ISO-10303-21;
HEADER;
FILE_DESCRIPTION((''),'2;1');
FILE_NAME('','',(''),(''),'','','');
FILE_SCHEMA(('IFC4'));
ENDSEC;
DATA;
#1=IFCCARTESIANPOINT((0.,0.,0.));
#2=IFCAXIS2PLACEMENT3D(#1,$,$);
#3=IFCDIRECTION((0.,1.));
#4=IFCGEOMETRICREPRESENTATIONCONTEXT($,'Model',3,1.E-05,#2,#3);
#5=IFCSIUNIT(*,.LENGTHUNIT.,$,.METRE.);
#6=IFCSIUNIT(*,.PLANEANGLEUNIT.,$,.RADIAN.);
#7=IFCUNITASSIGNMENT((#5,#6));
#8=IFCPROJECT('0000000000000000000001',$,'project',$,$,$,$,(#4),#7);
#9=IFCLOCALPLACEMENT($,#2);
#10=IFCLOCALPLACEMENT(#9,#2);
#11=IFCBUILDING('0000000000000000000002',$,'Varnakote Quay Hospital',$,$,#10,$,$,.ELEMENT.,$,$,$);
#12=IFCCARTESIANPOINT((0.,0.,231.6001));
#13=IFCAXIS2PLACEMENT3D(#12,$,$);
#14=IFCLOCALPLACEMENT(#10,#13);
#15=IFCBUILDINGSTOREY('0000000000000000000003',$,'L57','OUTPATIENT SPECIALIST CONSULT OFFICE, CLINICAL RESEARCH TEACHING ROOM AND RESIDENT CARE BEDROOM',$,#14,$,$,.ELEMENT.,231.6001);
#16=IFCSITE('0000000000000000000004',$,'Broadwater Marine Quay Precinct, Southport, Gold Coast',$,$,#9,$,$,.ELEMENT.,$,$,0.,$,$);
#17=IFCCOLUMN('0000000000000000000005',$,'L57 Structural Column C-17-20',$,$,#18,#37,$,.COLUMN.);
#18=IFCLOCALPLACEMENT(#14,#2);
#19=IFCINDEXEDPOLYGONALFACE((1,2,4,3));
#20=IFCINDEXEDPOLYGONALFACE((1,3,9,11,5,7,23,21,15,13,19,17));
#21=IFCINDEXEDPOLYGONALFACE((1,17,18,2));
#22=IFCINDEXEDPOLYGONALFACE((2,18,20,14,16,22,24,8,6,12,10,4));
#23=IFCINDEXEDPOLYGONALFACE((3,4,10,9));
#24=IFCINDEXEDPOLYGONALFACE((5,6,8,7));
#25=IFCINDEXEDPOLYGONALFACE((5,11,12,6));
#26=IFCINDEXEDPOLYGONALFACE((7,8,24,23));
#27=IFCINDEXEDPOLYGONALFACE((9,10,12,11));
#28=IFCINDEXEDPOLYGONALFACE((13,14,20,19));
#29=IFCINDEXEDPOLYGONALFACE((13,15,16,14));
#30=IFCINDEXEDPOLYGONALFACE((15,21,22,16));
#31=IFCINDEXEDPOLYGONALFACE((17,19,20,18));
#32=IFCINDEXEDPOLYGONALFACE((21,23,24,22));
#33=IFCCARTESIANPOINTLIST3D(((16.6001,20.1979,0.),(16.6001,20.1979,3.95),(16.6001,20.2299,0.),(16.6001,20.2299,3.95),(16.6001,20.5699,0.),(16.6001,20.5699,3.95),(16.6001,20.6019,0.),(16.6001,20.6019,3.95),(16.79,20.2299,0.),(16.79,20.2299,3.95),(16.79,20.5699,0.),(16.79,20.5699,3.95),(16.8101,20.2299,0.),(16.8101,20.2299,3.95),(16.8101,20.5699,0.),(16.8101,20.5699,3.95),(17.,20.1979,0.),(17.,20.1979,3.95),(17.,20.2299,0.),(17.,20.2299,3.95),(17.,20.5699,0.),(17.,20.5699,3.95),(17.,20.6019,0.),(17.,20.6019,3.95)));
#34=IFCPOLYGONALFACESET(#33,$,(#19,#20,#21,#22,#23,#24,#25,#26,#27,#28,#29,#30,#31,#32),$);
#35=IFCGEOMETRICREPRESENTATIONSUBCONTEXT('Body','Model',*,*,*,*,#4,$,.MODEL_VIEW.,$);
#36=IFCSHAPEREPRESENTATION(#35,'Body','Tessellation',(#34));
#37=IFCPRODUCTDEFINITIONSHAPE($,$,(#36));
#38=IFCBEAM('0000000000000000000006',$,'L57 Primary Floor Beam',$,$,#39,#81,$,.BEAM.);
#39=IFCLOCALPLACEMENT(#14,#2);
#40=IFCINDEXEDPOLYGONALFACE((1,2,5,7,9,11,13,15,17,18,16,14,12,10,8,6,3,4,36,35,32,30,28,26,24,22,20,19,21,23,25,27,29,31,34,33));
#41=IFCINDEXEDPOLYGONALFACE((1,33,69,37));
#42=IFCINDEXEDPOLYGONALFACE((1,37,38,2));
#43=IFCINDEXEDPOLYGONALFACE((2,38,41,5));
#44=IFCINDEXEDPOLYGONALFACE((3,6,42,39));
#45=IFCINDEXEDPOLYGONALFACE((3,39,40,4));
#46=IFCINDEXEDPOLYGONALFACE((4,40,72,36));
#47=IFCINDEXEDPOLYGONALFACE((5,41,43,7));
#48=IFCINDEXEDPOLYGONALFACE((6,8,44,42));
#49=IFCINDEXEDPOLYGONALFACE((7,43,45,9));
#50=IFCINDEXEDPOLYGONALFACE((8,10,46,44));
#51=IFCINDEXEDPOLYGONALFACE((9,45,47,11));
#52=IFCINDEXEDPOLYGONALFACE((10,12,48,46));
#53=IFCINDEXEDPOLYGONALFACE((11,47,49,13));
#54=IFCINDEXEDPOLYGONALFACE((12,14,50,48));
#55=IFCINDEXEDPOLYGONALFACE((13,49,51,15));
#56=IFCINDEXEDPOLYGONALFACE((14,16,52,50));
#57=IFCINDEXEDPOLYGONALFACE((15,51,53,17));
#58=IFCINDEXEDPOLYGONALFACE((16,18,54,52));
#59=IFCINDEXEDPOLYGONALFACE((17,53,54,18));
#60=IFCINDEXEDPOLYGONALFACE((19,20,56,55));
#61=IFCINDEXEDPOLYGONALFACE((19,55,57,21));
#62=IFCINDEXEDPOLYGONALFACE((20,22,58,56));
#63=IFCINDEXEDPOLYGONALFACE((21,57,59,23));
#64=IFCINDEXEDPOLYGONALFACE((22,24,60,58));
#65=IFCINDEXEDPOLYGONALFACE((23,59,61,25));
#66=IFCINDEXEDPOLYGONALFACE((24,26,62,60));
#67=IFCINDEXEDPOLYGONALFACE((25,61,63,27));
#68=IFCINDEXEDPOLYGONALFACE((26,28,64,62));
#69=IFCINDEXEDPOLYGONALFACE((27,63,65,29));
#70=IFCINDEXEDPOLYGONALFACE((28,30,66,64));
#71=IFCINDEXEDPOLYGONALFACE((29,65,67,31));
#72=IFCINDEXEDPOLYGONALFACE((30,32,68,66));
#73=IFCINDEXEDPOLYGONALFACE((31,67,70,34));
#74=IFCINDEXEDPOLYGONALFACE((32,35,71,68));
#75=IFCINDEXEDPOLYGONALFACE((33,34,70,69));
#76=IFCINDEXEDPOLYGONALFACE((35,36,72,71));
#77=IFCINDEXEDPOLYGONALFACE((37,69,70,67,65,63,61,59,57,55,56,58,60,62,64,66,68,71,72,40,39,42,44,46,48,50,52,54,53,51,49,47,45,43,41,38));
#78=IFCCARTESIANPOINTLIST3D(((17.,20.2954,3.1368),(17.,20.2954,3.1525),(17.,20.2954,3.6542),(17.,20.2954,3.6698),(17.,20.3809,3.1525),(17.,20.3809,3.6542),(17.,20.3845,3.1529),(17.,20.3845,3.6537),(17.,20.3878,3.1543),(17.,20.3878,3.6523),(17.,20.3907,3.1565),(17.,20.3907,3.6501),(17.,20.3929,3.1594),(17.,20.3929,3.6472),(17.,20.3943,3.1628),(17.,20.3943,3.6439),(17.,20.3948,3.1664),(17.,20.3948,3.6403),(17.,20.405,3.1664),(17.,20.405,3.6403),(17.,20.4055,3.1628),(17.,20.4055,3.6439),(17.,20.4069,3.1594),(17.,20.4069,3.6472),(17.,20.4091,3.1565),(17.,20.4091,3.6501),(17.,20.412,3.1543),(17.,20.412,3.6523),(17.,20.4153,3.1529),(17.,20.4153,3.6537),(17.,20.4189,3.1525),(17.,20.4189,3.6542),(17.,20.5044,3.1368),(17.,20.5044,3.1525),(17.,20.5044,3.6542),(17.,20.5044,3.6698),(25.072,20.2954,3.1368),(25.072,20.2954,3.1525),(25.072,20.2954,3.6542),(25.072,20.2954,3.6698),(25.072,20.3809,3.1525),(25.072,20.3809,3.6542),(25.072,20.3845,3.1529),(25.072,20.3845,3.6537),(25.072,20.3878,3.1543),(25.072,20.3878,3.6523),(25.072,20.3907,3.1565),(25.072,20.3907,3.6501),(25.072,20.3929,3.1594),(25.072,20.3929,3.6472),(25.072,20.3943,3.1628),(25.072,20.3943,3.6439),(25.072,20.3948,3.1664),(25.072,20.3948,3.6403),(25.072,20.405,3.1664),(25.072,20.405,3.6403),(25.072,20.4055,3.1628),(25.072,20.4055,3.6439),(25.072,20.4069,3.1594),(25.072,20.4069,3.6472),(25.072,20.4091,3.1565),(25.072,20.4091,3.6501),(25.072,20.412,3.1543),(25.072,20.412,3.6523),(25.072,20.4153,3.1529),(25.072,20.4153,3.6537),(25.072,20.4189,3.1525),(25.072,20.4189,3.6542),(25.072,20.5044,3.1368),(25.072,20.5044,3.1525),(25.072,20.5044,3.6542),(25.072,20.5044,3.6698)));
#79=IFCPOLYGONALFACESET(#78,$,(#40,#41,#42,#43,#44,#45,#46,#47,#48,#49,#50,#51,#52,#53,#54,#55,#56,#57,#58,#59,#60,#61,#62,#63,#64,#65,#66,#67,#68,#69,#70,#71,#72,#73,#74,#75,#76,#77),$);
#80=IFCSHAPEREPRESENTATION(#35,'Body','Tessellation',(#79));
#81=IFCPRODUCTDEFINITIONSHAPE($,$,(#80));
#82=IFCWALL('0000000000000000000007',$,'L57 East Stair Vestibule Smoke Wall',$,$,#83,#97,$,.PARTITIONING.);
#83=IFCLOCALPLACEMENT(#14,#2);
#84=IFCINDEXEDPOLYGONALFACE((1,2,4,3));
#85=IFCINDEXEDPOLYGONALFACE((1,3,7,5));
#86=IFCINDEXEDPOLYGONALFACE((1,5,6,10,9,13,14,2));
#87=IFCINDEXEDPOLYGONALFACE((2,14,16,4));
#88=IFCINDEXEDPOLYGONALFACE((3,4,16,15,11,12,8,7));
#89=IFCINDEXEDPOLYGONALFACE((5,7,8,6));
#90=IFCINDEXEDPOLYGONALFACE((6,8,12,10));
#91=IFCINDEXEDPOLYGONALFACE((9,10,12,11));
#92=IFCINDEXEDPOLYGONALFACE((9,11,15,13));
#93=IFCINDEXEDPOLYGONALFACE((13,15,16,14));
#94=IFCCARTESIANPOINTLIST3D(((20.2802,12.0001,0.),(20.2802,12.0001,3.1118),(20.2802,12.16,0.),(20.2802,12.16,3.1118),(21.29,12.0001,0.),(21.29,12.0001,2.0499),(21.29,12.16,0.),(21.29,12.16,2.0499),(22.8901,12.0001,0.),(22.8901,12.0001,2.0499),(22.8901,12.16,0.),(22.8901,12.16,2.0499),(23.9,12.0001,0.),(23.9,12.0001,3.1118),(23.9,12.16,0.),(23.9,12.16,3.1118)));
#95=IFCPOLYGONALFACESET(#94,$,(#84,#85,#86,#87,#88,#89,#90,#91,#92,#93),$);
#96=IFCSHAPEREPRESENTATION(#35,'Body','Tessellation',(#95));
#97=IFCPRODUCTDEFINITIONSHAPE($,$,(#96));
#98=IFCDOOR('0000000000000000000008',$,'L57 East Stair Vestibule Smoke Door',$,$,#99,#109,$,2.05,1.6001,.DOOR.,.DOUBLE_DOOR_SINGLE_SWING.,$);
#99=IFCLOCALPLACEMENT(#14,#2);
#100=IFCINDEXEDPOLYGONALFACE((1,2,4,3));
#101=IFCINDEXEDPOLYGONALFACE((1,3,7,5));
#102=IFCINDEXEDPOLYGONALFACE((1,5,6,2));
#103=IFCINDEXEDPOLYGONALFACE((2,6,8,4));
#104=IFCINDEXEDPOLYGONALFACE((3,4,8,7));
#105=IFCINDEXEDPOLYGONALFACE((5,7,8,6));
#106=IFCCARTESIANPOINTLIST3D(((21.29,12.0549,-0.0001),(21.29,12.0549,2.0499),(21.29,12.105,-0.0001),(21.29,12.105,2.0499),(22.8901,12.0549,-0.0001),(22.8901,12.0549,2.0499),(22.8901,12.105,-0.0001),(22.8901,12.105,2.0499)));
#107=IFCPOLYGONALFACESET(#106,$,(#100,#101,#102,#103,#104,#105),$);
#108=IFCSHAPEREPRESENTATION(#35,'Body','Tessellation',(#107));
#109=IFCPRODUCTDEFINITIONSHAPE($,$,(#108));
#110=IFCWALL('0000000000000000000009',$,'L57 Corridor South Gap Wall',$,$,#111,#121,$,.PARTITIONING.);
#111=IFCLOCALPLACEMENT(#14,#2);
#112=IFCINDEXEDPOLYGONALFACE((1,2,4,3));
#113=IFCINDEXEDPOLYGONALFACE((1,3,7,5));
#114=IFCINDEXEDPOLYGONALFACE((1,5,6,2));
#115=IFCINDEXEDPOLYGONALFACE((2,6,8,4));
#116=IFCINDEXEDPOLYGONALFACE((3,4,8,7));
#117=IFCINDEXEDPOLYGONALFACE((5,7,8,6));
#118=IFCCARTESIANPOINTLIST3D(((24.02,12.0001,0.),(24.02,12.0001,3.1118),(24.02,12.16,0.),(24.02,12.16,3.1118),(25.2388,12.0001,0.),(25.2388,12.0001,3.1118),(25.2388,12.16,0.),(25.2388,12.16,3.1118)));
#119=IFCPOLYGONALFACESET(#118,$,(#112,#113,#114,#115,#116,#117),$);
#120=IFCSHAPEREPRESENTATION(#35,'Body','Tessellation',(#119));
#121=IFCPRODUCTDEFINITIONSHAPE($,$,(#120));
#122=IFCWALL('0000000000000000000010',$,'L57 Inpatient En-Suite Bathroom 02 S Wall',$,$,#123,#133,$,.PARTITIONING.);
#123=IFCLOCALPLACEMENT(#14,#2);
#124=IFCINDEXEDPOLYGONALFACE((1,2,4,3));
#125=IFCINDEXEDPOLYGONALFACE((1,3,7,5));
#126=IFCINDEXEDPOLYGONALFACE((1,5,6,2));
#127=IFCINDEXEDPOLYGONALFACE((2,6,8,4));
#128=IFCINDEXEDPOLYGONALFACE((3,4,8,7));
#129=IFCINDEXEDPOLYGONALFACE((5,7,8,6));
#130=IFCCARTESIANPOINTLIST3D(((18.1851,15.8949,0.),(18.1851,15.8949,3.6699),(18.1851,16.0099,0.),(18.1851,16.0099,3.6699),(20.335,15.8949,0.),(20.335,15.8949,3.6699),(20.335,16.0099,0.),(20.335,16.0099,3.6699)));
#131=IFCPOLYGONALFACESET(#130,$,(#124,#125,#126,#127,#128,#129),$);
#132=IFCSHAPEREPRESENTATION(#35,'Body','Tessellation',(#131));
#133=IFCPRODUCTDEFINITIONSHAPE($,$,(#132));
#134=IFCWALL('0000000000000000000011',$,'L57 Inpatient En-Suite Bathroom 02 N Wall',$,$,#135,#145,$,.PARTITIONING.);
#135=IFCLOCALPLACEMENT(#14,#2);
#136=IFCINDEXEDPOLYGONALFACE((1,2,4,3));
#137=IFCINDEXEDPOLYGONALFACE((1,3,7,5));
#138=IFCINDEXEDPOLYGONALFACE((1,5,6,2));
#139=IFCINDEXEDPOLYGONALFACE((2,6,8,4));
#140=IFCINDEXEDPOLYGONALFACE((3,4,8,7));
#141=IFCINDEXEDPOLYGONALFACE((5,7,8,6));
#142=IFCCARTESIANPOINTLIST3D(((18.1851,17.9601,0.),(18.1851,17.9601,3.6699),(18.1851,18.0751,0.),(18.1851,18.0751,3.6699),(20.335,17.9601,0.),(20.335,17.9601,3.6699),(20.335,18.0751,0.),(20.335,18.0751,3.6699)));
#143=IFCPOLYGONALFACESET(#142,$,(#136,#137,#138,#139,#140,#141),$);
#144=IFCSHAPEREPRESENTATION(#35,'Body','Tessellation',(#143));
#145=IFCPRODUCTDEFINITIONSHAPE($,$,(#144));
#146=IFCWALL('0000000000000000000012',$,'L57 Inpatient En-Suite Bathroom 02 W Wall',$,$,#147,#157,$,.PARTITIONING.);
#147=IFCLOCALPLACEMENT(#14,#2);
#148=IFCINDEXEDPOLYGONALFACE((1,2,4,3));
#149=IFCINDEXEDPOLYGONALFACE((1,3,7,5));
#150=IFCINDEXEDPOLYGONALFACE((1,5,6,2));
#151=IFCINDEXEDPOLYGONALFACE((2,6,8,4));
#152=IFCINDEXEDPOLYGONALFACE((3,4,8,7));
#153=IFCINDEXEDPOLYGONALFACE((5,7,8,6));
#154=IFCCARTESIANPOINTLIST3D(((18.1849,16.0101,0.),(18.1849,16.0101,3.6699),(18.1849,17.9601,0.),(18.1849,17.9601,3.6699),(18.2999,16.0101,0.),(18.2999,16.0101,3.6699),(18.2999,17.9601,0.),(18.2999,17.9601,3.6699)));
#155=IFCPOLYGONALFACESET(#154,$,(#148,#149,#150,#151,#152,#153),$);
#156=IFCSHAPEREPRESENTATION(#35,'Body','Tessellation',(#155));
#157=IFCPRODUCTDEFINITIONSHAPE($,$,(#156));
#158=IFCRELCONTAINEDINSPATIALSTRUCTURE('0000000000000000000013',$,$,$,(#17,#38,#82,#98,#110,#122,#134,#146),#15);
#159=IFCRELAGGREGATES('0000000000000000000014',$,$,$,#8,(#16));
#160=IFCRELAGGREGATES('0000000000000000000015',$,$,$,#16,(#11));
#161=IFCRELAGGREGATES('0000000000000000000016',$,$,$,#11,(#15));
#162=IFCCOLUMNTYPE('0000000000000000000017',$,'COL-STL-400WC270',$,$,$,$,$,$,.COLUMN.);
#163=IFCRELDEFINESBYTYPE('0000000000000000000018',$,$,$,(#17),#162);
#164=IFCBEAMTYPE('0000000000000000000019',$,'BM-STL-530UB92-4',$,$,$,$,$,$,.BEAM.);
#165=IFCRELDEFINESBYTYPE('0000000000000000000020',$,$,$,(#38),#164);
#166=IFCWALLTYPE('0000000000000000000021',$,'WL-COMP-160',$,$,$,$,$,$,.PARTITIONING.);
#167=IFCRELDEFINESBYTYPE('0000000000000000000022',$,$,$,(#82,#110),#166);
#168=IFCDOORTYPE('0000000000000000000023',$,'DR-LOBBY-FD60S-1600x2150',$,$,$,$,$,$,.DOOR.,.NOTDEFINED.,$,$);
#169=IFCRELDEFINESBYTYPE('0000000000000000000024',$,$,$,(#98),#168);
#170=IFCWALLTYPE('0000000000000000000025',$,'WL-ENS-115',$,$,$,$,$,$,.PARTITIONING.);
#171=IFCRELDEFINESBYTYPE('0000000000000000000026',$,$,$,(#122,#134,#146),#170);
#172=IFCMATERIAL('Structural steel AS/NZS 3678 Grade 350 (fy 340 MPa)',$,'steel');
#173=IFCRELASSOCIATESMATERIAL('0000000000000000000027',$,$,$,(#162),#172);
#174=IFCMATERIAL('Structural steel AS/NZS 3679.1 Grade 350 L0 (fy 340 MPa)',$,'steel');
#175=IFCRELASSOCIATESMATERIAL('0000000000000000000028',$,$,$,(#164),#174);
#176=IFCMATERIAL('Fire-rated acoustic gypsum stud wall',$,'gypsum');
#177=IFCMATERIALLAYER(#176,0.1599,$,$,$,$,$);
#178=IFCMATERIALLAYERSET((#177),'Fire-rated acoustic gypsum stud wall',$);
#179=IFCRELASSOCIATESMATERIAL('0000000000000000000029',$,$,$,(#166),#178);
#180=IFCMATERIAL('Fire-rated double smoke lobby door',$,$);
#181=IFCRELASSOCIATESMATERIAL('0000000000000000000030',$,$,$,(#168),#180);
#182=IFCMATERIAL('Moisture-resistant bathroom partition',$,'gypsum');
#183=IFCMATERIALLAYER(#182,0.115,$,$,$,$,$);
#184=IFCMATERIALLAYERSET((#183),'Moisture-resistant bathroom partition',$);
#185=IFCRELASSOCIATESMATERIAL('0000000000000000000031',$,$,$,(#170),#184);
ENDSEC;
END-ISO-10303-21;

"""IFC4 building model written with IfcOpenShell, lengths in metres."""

from ifc_helpers import new_model, si_unit, direction, frame, frame_2d, origin, origin_2d, place, context, subcontext, project, spatial, rectangle, i_section, extrude, material, layer, layer_set, material_profile, profile_set, type_object, element, fill, save


model = new_model("IFC4")

# Units and contexts
model_context = context("Model", 3, precision=1e-05, world=origin(), true_north=direction((0.0, 1.0)))
body_context = subcontext(model_context, "Body", "Model", "MODEL_VIEW")
ifc_project = project(units=[si_unit("LENGTHUNIT", "METRE"), si_unit("PLANEANGLEUNIT", "RADIAN")], contexts=[model_context])

# Site, building, storey
site_placement = place(None, origin())
site = spatial("IfcSite", under=ifc_project, at=site_placement, Name="Broadwater Marine Quay Precinct, Southport, Gold Coast", CompositionType="ELEMENT", RefElevation=0.0)
building_placement = place(site_placement, origin())
building = spatial("IfcBuilding", under=site, at=building_placement, Name="Varnakote Quay Hospital", CompositionType="ELEMENT")
storey_placement = place(building_placement, frame((0.0, 0.0, 231.6001)))
storey = spatial("IfcBuildingStorey", under=building, at=storey_placement, Name="L57", Description="OUTPATIENT SPECIALIST CONSULT OFFICE, CLINICAL RESEARCH TEACHING ROOM AND RESIDENT CARE BEDROOM", CompositionType="ELEMENT", Elevation=231.6001)

# Column
ifc_material_1 = material(Name="Structural steel AS/NZS 3678 Grade 350 (fy 340 MPa)", Category="steel")
ifc_material_profile_1 = material_profile(ifc_material_1, i_section(OverallWidth=0.3999, OverallDepth=0.4041, WebThickness=0.02, FlangeThickness=0.032, at=origin_2d()), Name="400WC270")
ifc_profile_set_1 = profile_set([ifc_material_profile_1], Name="Structural steel AS/NZS 3678 Grade 350 (fy 340 MPa)")
column_type = type_object("IfcColumnType", Name="COL-STL-400WC270", PredefinedType="COLUMN", material=ifc_profile_set_1)
column_placement = place(storey_placement, frame((16.8, 20.3999, 0.0), z_axis=(0.0, 0.0, 1.0), x_axis=(1.0, 0.0, 0.0)))
element("IfcColumn", 1, at=column_placement, inside=storey, type_object=column_type, Name="L57 Structural Column C-17-20", PredefinedType="COLUMN", context=body_context, shape_type="SweptSolid", body=[
    extrude(i_section(OverallWidth=0.3999, OverallDepth=0.4041, WebThickness=0.02, FlangeThickness=0.032, at=origin_2d()), origin(), (0.0, 0.0, 1.0), 3.95),
])

# Beam
ifc_material_2 = material(Name="Structural steel AS/NZS 3679.1 Grade 350 L0 (fy 340 MPa)", Category="steel")
ifc_material_profile_2 = material_profile(ifc_material_2, i_section(OverallWidth=0.209, OverallDepth=0.533, WebThickness=0.0103, FlangeThickness=0.0156, FilletRadius=0.0139, at=origin_2d()), Name="530UB92.4")
ifc_profile_set_2 = profile_set([ifc_material_profile_2], Name="Structural steel AS/NZS 3679.1 Grade 350 L0 (fy 340 MPa)")
beam_type = type_object("IfcBeamType", Name="BM-STL-530UB92-4", PredefinedType="BEAM", material=ifc_profile_set_2)
beam_placement = place(storey_placement, frame((17.0, 20.3999, 3.4033), z_axis=(1.0, 0.0, 0.0), x_axis=(0.0, 1.0, 0.0)))
element("IfcBeam", 2, at=beam_placement, inside=storey, type_object=beam_type, Name="L57 Primary Floor Beam", PredefinedType="BEAM", context=body_context, shape_type="SweptSolid", body=[
    extrude(i_section(OverallWidth=0.209, OverallDepth=0.533, WebThickness=0.0103, FlangeThickness=0.0156, FilletRadius=0.0139, at=origin_2d()), origin(), (0.0, 0.0, 1.0), 8.072),
])

# Wall, opening, door
ifc_material_3 = material(Name="Fire-rated acoustic gypsum stud wall", Category="gypsum")
ifc_layer_1 = layer(ifc_material_3, 0.1599)
ifc_layer_set_1 = layer_set([ifc_layer_1], Name="Fire-rated acoustic gypsum stud wall")
wall_type_1 = type_object("IfcWallType", Name="WL-COMP-160", PredefinedType="PARTITIONING", material=ifc_layer_set_1)
wall_1_placement = place(storey_placement, frame((20.28, 12.0801, 0.0), z_axis=(0.0, 0.0, 1.0), x_axis=(1.0, 0.0, 0.0)))
wall_1 = element("IfcWall", 3, at=wall_1_placement, inside=storey, type_object=wall_type_1, Name="L57 East Stair Vestibule Smoke Wall", PredefinedType="PARTITIONING", context=body_context, shape_type="SweptSolid", body=[
    extrude(rectangle(XDim=3.6199, YDim=0.1599, at=frame_2d((1.8101, 0.0))), origin(), (0.0, 0.0, 1.0), 3.1118),
])
opening_1_placement = place(wall_1_placement, frame((1.01, 0.0, 0.0)))
opening_1 = element("IfcOpeningElement", 4, at=opening_1_placement, cuts=wall_1, PredefinedType="OPENING", context=body_context, shape_type="SweptSolid", body=[
    extrude(rectangle(XDim=1.6001, YDim=2.05, at=frame_2d((0.8, 1.0249))), frame((0.0, 0.0898, 0.0), z_axis=(0.0, -1.0, 0.0), x_axis=(1.0, 0.0, 0.0)), (0.0, 0.0, 1.0), 0.1799),
])
ifc_material_4 = material(Name="Fire-rated double smoke lobby door")
door_type_1 = type_object("IfcDoorType", Name="DR-LOBBY-FD60S-1600x2150", OperationType="NOTDEFINED", PredefinedType="DOOR", material=ifc_material_4)
door_1_placement = place(opening_1_placement, origin())
door_1 = element("IfcDoor", 5, at=door_1_placement, inside=storey, type_object=door_type_1, Name="L57 East Stair Vestibule Smoke Door", OperationType="DOUBLE_DOOR_SINGLE_SWING", OverallHeight=2.05, OverallWidth=1.6001, PredefinedType="DOOR", context=body_context, shape_type="SweptSolid", body=[
    extrude(rectangle(XDim=1.6001, YDim=2.05, at=frame_2d((0.8, 1.0249))), frame((0.0, 0.0249, 0.0), z_axis=(0.0, -1.0, 0.0), x_axis=(1.0, 0.0, 0.0)), (0.0, 0.0, 1.0), 0.05),
])
fill(opening_1, door_1)

# Walls
wall_2_placement = place(storey_placement, frame((24.02, 12.0801, 0.0), z_axis=(0.0, 0.0, 1.0), x_axis=(1.0, 0.0, 0.0)))
element("IfcWall", 6, at=wall_2_placement, inside=storey, type_object=wall_type_1, Name="L57 Corridor South Gap Wall", PredefinedType="PARTITIONING", context=body_context, shape_type="SweptSolid", body=[
    extrude(rectangle(XDim=1.2188, YDim=0.1599, at=frame_2d((0.6094, 0.0))), origin(), (0.0, 0.0, 1.0), 3.1118),
])
ifc_material_5 = material(Name="Moisture-resistant bathroom partition", Category="gypsum")
ifc_layer_2 = layer(ifc_material_5, 0.115)
ifc_layer_set_2 = layer_set([ifc_layer_2], Name="Moisture-resistant bathroom partition")
wall_type_2 = type_object("IfcWallType", Name="WL-ENS-115", PredefinedType="PARTITIONING", material=ifc_layer_set_2)
for number, where, z_axis, x_axis, name in (
    (7, (18.1851, 15.9524, 0.0), (0.0, 0.0, 1.0), (1.0, 0.0, 0.0), "L57 Inpatient En-Suite Bathroom 02 S Wall"),
    (8, (18.1851, 18.0176, 0.0), (0.0, 0.0, 1.0), (1.0, 0.0, 0.0), "L57 Inpatient En-Suite Bathroom 02 N Wall"),
):
    element("IfcWall", number, at=place(storey_placement, frame(where, z_axis=z_axis, x_axis=x_axis)), inside=storey, type_object=wall_type_2, Name=name, PredefinedType="PARTITIONING", context=body_context, shape_type="SweptSolid", body=[
        extrude(rectangle(XDim=2.1499, YDim=0.115, at=frame_2d((1.075, 0.0))), origin(), (0.0, 0.0, 1.0), 3.6699),
    ])
wall_3_placement = place(storey_placement, frame((18.2424, 16.01, 0.0), z_axis=(0.0, 0.0, 1.0), x_axis=(0.0, 1.0, 0.0)))
element("IfcWall", 9, at=wall_3_placement, inside=storey, type_object=wall_type_2, Name="L57 Inpatient En-Suite Bathroom 02 W Wall", PredefinedType="PARTITIONING", context=body_context, shape_type="SweptSolid", body=[
    extrude(rectangle(XDim=1.95, YDim=0.115, at=frame_2d((0.9751, 0.0))), origin(), (0.0, 0.0, 1.0), 3.6699),
])

save(model, "model.ifc")
